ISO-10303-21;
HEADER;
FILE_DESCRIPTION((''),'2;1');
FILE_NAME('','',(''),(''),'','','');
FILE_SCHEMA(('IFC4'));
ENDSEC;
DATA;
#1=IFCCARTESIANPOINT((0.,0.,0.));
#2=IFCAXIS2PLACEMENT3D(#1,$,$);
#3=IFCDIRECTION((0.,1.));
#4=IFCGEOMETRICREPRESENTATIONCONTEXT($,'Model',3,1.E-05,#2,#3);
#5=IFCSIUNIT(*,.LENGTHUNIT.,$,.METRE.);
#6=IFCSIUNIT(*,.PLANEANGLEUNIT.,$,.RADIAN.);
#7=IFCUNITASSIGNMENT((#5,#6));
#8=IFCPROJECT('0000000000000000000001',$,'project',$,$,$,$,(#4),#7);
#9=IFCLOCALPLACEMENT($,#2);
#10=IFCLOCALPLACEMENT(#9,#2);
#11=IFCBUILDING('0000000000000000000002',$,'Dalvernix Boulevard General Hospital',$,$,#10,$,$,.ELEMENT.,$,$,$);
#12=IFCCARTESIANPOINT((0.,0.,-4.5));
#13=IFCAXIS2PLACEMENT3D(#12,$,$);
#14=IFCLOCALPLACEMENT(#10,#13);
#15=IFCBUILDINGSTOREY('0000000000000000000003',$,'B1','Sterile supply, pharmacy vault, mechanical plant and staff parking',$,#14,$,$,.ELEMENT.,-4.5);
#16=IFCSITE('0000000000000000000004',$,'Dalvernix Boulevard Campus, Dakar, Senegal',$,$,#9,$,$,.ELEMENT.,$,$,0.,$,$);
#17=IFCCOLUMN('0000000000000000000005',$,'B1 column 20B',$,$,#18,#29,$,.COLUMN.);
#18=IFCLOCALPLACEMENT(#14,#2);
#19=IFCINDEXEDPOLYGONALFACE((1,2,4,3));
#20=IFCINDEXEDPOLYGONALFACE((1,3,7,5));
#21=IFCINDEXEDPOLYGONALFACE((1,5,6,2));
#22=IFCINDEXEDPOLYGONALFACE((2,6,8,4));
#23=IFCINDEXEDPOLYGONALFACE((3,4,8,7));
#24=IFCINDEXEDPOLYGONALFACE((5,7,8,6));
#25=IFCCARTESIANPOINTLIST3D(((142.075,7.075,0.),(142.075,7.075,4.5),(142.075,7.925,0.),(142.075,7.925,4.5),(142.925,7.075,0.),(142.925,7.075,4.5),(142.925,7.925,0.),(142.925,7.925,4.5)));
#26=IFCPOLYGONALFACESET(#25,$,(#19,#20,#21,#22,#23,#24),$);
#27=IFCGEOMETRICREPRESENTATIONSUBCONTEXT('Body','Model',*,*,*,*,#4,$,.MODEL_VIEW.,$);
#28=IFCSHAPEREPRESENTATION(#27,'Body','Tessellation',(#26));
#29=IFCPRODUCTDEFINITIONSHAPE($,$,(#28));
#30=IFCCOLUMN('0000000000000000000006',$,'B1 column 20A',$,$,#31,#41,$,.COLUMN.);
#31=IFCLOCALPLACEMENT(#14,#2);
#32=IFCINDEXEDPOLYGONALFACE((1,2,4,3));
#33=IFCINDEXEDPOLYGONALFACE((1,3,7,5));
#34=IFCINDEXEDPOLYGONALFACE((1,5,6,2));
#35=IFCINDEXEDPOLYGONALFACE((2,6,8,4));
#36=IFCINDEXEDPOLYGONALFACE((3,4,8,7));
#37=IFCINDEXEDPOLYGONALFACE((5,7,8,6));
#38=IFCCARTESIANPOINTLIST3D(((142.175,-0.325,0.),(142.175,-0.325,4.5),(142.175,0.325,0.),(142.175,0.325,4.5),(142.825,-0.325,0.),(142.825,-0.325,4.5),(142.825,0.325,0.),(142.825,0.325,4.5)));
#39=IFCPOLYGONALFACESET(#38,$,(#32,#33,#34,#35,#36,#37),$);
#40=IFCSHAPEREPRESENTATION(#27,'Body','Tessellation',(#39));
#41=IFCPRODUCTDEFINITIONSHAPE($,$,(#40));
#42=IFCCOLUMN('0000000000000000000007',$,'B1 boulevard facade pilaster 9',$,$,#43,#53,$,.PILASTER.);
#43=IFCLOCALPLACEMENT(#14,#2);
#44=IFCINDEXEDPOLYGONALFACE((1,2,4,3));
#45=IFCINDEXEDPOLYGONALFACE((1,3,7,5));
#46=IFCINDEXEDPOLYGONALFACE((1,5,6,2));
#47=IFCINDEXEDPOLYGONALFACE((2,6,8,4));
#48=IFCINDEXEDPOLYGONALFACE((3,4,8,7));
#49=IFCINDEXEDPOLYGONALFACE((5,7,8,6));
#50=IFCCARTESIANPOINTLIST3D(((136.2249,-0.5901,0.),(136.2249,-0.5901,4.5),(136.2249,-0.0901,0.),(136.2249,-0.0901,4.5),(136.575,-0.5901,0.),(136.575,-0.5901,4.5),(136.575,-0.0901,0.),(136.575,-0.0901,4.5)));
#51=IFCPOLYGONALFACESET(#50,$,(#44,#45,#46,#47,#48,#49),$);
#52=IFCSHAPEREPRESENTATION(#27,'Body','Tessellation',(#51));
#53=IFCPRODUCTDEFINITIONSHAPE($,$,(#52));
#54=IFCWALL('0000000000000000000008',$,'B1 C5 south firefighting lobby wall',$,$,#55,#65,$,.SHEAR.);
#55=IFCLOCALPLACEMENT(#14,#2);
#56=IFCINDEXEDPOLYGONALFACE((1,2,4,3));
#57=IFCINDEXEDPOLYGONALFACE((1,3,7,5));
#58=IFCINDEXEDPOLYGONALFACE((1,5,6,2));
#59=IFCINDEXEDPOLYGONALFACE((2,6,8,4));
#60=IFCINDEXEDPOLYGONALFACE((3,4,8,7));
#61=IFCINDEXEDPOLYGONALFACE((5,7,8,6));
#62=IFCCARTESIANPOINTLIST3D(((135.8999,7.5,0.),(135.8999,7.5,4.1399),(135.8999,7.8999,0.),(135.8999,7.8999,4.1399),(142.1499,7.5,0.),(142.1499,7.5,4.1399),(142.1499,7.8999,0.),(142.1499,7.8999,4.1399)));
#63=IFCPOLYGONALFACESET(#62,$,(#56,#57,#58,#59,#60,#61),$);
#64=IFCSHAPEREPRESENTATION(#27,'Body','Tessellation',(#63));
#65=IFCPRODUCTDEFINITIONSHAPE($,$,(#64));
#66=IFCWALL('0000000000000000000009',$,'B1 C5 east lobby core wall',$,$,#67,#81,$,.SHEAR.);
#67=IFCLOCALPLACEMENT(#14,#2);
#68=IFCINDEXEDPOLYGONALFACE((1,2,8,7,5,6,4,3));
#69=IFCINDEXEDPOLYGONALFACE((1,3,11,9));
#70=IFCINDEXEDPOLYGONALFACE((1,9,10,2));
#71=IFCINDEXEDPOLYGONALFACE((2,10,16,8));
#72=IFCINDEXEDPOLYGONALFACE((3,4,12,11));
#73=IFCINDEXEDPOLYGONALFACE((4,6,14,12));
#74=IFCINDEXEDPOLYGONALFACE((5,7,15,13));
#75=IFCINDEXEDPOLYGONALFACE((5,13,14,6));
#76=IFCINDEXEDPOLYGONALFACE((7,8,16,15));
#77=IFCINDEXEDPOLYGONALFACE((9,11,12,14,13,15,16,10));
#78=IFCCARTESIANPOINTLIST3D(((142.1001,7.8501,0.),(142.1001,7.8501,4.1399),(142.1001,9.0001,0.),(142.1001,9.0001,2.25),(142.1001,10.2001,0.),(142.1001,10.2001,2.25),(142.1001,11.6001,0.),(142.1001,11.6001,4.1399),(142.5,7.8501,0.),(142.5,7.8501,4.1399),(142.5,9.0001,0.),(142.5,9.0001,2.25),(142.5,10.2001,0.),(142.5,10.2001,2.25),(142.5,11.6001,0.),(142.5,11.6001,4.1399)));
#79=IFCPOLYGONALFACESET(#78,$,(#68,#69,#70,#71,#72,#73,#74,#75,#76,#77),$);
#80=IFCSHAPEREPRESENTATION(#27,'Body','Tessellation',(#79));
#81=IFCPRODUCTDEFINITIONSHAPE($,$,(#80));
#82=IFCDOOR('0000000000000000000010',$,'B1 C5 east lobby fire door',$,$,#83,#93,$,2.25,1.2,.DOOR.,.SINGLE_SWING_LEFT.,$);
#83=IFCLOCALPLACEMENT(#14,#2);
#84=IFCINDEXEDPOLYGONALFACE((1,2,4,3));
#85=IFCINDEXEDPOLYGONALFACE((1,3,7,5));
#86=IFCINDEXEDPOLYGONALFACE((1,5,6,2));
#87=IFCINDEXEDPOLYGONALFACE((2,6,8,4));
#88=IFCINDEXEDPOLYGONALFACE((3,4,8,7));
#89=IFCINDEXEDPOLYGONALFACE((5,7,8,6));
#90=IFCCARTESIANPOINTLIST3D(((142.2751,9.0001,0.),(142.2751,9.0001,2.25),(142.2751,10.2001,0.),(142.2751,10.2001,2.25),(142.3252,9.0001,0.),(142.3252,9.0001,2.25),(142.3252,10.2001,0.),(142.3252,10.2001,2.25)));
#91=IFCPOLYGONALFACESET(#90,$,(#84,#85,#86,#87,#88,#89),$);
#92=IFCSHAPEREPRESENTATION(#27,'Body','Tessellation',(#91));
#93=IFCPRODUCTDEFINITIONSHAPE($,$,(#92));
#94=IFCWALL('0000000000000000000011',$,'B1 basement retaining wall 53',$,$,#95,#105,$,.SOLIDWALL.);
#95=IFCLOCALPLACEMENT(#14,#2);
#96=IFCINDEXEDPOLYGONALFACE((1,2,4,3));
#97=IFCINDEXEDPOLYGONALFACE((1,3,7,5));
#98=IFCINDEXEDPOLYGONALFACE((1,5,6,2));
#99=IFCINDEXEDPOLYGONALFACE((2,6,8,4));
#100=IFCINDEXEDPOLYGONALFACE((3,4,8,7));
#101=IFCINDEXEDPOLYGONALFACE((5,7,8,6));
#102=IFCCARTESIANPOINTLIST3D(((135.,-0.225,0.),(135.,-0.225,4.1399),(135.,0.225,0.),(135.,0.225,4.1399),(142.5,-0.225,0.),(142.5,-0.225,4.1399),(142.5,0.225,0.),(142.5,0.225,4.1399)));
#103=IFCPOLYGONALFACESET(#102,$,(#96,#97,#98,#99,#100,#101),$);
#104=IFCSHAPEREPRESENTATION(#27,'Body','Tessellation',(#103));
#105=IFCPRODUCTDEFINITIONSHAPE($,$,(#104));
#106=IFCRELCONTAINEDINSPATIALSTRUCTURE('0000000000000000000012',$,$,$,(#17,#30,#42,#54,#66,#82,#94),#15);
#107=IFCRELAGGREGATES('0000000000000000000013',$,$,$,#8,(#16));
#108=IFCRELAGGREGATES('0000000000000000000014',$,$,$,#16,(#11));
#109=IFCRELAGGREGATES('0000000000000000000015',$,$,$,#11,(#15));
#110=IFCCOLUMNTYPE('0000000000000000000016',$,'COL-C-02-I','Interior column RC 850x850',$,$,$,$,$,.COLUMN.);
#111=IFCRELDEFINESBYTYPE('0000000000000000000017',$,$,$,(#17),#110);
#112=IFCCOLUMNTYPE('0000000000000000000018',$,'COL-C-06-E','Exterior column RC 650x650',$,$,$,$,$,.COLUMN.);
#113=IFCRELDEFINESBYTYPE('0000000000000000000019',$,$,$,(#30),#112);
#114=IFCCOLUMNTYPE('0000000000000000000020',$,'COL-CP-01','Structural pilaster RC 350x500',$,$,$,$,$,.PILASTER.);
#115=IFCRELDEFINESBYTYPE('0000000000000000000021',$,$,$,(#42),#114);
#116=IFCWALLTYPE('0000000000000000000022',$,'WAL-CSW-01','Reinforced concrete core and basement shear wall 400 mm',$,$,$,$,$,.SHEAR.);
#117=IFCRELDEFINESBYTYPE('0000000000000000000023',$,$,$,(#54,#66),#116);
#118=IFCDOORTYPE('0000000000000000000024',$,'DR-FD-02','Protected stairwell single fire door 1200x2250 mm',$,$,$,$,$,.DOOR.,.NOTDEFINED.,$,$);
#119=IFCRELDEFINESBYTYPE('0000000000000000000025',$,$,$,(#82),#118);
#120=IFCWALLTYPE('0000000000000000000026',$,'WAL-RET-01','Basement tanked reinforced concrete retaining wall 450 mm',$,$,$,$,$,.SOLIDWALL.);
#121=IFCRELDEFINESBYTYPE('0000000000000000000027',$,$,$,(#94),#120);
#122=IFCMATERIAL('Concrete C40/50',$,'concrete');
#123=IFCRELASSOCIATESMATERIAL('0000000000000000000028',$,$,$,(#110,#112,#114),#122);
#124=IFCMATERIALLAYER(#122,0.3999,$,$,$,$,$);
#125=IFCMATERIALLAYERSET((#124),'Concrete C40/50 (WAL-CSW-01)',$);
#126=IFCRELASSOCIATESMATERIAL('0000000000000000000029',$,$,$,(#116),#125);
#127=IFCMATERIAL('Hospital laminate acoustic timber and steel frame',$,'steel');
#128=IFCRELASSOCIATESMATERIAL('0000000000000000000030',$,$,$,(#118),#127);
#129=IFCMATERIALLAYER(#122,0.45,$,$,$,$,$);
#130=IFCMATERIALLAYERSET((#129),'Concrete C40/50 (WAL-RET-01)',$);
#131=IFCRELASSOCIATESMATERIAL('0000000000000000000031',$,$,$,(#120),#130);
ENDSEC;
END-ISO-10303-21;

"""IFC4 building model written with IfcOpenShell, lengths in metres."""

from ifc_helpers import new_model, si_unit, direction, frame, frame_2d, origin, origin_2d, place, context, subcontext, project, spatial, rectangle, extrude, material, layer, layer_set, material_profile, profile_set, type_object, element, fill, save


model = new_model("IFC4")

# Units and contexts
model_context = context("Model", 3, precision=1e-05, world=origin(), true_north=direction((0.0, 1.0)))
body_context = subcontext(model_context, "Body", "Model", "MODEL_VIEW")
ifc_project = project(units=[si_unit("LENGTHUNIT", "METRE"), si_unit("PLANEANGLEUNIT", "RADIAN")], contexts=[model_context])

# Site, building, storey
site_placement = place(None, origin())
site = spatial("IfcSite", under=ifc_project, at=site_placement, Name="Dalvernix Boulevard Campus, Dakar, Senegal", CompositionType="ELEMENT", RefElevation=0.0)
building_placement = place(site_placement, origin())
building = spatial("IfcBuilding", under=site, at=building_placement, Name="Dalvernix Boulevard General Hospital", CompositionType="ELEMENT")
storey_placement = place(building_placement, frame((0.0, 0.0, -4.5)))
storey = spatial("IfcBuildingStorey", under=building, at=storey_placement, Name="B1", Description="Sterile supply, pharmacy vault, mechanical plant and staff parking", CompositionType="ELEMENT", Elevation=-4.5)

# Shared definitions
ifc_material_1 = material(Name="Concrete C40/50", Category="concrete")

# Columns
ifc_material_profile_1 = material_profile(ifc_material_1, rectangle(XDim=0.8501, YDim=0.8501, at=origin_2d()), Name="RC 850x850")
ifc_profile_set_1 = profile_set([ifc_material_profile_1], Name="Concrete C40/50")
column_type_1 = type_object("IfcColumnType", Name="COL-C-02-I", Description="Interior column RC 850x850", PredefinedType="COLUMN", material=ifc_profile_set_1)
column_1_placement = place(storey_placement, frame((142.5, 7.5, 0.0), z_axis=(0.0, 0.0, 1.0), x_axis=(1.0, 0.0, 0.0)))
element("IfcColumn", 1, at=column_1_placement, inside=storey, type_object=column_type_1, Name="B1 column 20B", PredefinedType="COLUMN", context=body_context, shape_type="SweptSolid", body=[
    extrude(rectangle(XDim=0.8501, YDim=0.8501, at=origin_2d()), origin(), (0.0, 0.0, 1.0), 4.5),
])
ifc_material_profile_2 = material_profile(ifc_material_1, rectangle(XDim=0.6499, YDim=0.6499, at=origin_2d()), Name="RC 650x650")
ifc_profile_set_2 = profile_set([ifc_material_profile_2], Name="Concrete C40/50")
column_type_2 = type_object("IfcColumnType", Name="COL-C-06-E", Description="Exterior column RC 650x650", PredefinedType="COLUMN", material=ifc_profile_set_2)
column_2_placement = place(storey_placement, frame((142.5, 0.0, 0.0), z_axis=(0.0, 0.0, 1.0), x_axis=(1.0, 0.0, 0.0)))
element("IfcColumn", 2, at=column_2_placement, inside=storey, type_object=column_type_2, Name="B1 column 20A", PredefinedType="COLUMN", context=body_context, shape_type="SweptSolid", body=[
    extrude(rectangle(XDim=0.6499, YDim=0.6499, at=origin_2d()), origin(), (0.0, 0.0, 1.0), 4.5),
])
ifc_material_profile_3 = material_profile(ifc_material_1, rectangle(XDim=0.3501, YDim=0.5, at=origin_2d()), Name="RC 350x500")
ifc_profile_set_3 = profile_set([ifc_material_profile_3], Name="Concrete C40/50")
column_type_3 = type_object("IfcColumnType", Name="COL-CP-01", Description="Structural pilaster RC 350x500", PredefinedType="PILASTER", material=ifc_profile_set_3)
column_3_placement = place(storey_placement, frame((136.3999, -0.3401, 0.0), z_axis=(0.0, 0.0, 1.0), x_axis=(1.0, 0.0, 0.0)))
element("IfcColumn", 3, at=column_3_placement, inside=storey, type_object=column_type_3, Name="B1 boulevard facade pilaster 9", PredefinedType="PILASTER", context=body_context, shape_type="SweptSolid", body=[
    extrude(rectangle(XDim=0.3501, YDim=0.5, at=origin_2d()), origin(), (0.0, 0.0, 1.0), 4.5),
])

# Wall
ifc_layer_1 = layer(ifc_material_1, 0.3999)
ifc_layer_set_1 = layer_set([ifc_layer_1], Name="Concrete C40/50 (WAL-CSW-01)")
wall_type_1 = type_object("IfcWallType", Name="WAL-CSW-01", Description="Reinforced concrete core and basement shear wall 400 mm", PredefinedType="SHEAR", material=ifc_layer_set_1)
wall_1_placement = place(storey_placement, frame((135.8999, 7.7, 0.0), z_axis=(0.0, 0.0, 1.0), x_axis=(1.0, 0.0, 0.0)))
element("IfcWall", 4, at=wall_1_placement, inside=storey, type_object=wall_type_1, Name="B1 C5 south firefighting lobby wall", PredefinedType="SHEAR", context=body_context, shape_type="SweptSolid", body=[
    extrude(rectangle(XDim=6.25, YDim=0.3999, at=frame_2d((3.125, 0.0))), origin(), (0.0, 0.0, 1.0), 4.1399),
])

# Wall, opening, door
wall_2_placement = place(storey_placement, frame((142.3, 7.8501, 0.0), z_axis=(0.0, 0.0, 1.0), x_axis=(0.0, 1.0, 0.0)))
wall_2 = element("IfcWall", 5, at=wall_2_placement, inside=storey, type_object=wall_type_1, Name="B1 C5 east lobby core wall", PredefinedType="SHEAR", context=body_context, shape_type="SweptSolid", body=[
    extrude(rectangle(XDim=3.75, YDim=0.3999, at=frame_2d((1.875, 0.0))), origin(), (0.0, 0.0, 1.0), 4.1399),
])
opening_placement = place(wall_2_placement, frame((1.1499, 0.0, 0.0)))
opening = element("IfcOpeningElement", 6, at=opening_placement, cuts=wall_2, PredefinedType="OPENING", context=body_context, shape_type="SweptSolid", body=[
    extrude(rectangle(XDim=1.2, YDim=2.25, at=frame_2d((0.6001, 1.125))), frame((0.0, 0.21, 0.0), z_axis=(0.0, -1.0, 0.0), x_axis=(1.0, 0.0, 0.0)), (0.0, 0.0, 1.0), 0.4199),
])
ifc_material_2 = material(Name="Hospital laminate acoustic timber and steel frame", Category="steel")
door_type = type_object("IfcDoorType", Name="DR-FD-02", Description="Protected stairwell single fire door 1200x2250 mm", OperationType="NOTDEFINED", PredefinedType="DOOR", material=ifc_material_2)
door_placement = place(opening_placement, origin())
door = element("IfcDoor", 7, at=door_placement, inside=storey, type_object=door_type, Name="B1 C5 east lobby fire door", OperationType="SINGLE_SWING_LEFT", OverallHeight=2.25, OverallWidth=1.2, PredefinedType="DOOR", context=body_context, shape_type="SweptSolid", body=[
    extrude(rectangle(XDim=1.2, YDim=2.25, at=frame_2d((0.6001, 1.125))), frame((0.0, 0.0249, 0.0), z_axis=(0.0, -1.0, 0.0), x_axis=(1.0, 0.0, 0.0)), (0.0, 0.0, 1.0), 0.05),
])
fill(opening, door)

# Wall
ifc_layer_2 = layer(ifc_material_1, 0.45)
ifc_layer_set_2 = layer_set([ifc_layer_2], Name="Concrete C40/50 (WAL-RET-01)")
wall_type_2 = type_object("IfcWallType", Name="WAL-RET-01", Description="Basement tanked reinforced concrete retaining wall 450 mm", PredefinedType="SOLIDWALL", material=ifc_layer_set_2)
wall_3_placement = place(storey_placement, frame((142.5, 0.0, 0.0), z_axis=(0.0, 0.0, 1.0), x_axis=(-1.0, 0.0, 0.0)))
element("IfcWall", 8, at=wall_3_placement, inside=storey, type_object=wall_type_2, Name="B1 basement retaining wall 53", PredefinedType="SOLIDWALL", context=body_context, shape_type="SweptSolid", body=[
    extrude(rectangle(XDim=7.5, YDim=0.45, at=frame_2d((3.75, 0.0))), origin(), (0.0, 0.0, 1.0), 4.1399),
])

save(model, "model.ifc")
